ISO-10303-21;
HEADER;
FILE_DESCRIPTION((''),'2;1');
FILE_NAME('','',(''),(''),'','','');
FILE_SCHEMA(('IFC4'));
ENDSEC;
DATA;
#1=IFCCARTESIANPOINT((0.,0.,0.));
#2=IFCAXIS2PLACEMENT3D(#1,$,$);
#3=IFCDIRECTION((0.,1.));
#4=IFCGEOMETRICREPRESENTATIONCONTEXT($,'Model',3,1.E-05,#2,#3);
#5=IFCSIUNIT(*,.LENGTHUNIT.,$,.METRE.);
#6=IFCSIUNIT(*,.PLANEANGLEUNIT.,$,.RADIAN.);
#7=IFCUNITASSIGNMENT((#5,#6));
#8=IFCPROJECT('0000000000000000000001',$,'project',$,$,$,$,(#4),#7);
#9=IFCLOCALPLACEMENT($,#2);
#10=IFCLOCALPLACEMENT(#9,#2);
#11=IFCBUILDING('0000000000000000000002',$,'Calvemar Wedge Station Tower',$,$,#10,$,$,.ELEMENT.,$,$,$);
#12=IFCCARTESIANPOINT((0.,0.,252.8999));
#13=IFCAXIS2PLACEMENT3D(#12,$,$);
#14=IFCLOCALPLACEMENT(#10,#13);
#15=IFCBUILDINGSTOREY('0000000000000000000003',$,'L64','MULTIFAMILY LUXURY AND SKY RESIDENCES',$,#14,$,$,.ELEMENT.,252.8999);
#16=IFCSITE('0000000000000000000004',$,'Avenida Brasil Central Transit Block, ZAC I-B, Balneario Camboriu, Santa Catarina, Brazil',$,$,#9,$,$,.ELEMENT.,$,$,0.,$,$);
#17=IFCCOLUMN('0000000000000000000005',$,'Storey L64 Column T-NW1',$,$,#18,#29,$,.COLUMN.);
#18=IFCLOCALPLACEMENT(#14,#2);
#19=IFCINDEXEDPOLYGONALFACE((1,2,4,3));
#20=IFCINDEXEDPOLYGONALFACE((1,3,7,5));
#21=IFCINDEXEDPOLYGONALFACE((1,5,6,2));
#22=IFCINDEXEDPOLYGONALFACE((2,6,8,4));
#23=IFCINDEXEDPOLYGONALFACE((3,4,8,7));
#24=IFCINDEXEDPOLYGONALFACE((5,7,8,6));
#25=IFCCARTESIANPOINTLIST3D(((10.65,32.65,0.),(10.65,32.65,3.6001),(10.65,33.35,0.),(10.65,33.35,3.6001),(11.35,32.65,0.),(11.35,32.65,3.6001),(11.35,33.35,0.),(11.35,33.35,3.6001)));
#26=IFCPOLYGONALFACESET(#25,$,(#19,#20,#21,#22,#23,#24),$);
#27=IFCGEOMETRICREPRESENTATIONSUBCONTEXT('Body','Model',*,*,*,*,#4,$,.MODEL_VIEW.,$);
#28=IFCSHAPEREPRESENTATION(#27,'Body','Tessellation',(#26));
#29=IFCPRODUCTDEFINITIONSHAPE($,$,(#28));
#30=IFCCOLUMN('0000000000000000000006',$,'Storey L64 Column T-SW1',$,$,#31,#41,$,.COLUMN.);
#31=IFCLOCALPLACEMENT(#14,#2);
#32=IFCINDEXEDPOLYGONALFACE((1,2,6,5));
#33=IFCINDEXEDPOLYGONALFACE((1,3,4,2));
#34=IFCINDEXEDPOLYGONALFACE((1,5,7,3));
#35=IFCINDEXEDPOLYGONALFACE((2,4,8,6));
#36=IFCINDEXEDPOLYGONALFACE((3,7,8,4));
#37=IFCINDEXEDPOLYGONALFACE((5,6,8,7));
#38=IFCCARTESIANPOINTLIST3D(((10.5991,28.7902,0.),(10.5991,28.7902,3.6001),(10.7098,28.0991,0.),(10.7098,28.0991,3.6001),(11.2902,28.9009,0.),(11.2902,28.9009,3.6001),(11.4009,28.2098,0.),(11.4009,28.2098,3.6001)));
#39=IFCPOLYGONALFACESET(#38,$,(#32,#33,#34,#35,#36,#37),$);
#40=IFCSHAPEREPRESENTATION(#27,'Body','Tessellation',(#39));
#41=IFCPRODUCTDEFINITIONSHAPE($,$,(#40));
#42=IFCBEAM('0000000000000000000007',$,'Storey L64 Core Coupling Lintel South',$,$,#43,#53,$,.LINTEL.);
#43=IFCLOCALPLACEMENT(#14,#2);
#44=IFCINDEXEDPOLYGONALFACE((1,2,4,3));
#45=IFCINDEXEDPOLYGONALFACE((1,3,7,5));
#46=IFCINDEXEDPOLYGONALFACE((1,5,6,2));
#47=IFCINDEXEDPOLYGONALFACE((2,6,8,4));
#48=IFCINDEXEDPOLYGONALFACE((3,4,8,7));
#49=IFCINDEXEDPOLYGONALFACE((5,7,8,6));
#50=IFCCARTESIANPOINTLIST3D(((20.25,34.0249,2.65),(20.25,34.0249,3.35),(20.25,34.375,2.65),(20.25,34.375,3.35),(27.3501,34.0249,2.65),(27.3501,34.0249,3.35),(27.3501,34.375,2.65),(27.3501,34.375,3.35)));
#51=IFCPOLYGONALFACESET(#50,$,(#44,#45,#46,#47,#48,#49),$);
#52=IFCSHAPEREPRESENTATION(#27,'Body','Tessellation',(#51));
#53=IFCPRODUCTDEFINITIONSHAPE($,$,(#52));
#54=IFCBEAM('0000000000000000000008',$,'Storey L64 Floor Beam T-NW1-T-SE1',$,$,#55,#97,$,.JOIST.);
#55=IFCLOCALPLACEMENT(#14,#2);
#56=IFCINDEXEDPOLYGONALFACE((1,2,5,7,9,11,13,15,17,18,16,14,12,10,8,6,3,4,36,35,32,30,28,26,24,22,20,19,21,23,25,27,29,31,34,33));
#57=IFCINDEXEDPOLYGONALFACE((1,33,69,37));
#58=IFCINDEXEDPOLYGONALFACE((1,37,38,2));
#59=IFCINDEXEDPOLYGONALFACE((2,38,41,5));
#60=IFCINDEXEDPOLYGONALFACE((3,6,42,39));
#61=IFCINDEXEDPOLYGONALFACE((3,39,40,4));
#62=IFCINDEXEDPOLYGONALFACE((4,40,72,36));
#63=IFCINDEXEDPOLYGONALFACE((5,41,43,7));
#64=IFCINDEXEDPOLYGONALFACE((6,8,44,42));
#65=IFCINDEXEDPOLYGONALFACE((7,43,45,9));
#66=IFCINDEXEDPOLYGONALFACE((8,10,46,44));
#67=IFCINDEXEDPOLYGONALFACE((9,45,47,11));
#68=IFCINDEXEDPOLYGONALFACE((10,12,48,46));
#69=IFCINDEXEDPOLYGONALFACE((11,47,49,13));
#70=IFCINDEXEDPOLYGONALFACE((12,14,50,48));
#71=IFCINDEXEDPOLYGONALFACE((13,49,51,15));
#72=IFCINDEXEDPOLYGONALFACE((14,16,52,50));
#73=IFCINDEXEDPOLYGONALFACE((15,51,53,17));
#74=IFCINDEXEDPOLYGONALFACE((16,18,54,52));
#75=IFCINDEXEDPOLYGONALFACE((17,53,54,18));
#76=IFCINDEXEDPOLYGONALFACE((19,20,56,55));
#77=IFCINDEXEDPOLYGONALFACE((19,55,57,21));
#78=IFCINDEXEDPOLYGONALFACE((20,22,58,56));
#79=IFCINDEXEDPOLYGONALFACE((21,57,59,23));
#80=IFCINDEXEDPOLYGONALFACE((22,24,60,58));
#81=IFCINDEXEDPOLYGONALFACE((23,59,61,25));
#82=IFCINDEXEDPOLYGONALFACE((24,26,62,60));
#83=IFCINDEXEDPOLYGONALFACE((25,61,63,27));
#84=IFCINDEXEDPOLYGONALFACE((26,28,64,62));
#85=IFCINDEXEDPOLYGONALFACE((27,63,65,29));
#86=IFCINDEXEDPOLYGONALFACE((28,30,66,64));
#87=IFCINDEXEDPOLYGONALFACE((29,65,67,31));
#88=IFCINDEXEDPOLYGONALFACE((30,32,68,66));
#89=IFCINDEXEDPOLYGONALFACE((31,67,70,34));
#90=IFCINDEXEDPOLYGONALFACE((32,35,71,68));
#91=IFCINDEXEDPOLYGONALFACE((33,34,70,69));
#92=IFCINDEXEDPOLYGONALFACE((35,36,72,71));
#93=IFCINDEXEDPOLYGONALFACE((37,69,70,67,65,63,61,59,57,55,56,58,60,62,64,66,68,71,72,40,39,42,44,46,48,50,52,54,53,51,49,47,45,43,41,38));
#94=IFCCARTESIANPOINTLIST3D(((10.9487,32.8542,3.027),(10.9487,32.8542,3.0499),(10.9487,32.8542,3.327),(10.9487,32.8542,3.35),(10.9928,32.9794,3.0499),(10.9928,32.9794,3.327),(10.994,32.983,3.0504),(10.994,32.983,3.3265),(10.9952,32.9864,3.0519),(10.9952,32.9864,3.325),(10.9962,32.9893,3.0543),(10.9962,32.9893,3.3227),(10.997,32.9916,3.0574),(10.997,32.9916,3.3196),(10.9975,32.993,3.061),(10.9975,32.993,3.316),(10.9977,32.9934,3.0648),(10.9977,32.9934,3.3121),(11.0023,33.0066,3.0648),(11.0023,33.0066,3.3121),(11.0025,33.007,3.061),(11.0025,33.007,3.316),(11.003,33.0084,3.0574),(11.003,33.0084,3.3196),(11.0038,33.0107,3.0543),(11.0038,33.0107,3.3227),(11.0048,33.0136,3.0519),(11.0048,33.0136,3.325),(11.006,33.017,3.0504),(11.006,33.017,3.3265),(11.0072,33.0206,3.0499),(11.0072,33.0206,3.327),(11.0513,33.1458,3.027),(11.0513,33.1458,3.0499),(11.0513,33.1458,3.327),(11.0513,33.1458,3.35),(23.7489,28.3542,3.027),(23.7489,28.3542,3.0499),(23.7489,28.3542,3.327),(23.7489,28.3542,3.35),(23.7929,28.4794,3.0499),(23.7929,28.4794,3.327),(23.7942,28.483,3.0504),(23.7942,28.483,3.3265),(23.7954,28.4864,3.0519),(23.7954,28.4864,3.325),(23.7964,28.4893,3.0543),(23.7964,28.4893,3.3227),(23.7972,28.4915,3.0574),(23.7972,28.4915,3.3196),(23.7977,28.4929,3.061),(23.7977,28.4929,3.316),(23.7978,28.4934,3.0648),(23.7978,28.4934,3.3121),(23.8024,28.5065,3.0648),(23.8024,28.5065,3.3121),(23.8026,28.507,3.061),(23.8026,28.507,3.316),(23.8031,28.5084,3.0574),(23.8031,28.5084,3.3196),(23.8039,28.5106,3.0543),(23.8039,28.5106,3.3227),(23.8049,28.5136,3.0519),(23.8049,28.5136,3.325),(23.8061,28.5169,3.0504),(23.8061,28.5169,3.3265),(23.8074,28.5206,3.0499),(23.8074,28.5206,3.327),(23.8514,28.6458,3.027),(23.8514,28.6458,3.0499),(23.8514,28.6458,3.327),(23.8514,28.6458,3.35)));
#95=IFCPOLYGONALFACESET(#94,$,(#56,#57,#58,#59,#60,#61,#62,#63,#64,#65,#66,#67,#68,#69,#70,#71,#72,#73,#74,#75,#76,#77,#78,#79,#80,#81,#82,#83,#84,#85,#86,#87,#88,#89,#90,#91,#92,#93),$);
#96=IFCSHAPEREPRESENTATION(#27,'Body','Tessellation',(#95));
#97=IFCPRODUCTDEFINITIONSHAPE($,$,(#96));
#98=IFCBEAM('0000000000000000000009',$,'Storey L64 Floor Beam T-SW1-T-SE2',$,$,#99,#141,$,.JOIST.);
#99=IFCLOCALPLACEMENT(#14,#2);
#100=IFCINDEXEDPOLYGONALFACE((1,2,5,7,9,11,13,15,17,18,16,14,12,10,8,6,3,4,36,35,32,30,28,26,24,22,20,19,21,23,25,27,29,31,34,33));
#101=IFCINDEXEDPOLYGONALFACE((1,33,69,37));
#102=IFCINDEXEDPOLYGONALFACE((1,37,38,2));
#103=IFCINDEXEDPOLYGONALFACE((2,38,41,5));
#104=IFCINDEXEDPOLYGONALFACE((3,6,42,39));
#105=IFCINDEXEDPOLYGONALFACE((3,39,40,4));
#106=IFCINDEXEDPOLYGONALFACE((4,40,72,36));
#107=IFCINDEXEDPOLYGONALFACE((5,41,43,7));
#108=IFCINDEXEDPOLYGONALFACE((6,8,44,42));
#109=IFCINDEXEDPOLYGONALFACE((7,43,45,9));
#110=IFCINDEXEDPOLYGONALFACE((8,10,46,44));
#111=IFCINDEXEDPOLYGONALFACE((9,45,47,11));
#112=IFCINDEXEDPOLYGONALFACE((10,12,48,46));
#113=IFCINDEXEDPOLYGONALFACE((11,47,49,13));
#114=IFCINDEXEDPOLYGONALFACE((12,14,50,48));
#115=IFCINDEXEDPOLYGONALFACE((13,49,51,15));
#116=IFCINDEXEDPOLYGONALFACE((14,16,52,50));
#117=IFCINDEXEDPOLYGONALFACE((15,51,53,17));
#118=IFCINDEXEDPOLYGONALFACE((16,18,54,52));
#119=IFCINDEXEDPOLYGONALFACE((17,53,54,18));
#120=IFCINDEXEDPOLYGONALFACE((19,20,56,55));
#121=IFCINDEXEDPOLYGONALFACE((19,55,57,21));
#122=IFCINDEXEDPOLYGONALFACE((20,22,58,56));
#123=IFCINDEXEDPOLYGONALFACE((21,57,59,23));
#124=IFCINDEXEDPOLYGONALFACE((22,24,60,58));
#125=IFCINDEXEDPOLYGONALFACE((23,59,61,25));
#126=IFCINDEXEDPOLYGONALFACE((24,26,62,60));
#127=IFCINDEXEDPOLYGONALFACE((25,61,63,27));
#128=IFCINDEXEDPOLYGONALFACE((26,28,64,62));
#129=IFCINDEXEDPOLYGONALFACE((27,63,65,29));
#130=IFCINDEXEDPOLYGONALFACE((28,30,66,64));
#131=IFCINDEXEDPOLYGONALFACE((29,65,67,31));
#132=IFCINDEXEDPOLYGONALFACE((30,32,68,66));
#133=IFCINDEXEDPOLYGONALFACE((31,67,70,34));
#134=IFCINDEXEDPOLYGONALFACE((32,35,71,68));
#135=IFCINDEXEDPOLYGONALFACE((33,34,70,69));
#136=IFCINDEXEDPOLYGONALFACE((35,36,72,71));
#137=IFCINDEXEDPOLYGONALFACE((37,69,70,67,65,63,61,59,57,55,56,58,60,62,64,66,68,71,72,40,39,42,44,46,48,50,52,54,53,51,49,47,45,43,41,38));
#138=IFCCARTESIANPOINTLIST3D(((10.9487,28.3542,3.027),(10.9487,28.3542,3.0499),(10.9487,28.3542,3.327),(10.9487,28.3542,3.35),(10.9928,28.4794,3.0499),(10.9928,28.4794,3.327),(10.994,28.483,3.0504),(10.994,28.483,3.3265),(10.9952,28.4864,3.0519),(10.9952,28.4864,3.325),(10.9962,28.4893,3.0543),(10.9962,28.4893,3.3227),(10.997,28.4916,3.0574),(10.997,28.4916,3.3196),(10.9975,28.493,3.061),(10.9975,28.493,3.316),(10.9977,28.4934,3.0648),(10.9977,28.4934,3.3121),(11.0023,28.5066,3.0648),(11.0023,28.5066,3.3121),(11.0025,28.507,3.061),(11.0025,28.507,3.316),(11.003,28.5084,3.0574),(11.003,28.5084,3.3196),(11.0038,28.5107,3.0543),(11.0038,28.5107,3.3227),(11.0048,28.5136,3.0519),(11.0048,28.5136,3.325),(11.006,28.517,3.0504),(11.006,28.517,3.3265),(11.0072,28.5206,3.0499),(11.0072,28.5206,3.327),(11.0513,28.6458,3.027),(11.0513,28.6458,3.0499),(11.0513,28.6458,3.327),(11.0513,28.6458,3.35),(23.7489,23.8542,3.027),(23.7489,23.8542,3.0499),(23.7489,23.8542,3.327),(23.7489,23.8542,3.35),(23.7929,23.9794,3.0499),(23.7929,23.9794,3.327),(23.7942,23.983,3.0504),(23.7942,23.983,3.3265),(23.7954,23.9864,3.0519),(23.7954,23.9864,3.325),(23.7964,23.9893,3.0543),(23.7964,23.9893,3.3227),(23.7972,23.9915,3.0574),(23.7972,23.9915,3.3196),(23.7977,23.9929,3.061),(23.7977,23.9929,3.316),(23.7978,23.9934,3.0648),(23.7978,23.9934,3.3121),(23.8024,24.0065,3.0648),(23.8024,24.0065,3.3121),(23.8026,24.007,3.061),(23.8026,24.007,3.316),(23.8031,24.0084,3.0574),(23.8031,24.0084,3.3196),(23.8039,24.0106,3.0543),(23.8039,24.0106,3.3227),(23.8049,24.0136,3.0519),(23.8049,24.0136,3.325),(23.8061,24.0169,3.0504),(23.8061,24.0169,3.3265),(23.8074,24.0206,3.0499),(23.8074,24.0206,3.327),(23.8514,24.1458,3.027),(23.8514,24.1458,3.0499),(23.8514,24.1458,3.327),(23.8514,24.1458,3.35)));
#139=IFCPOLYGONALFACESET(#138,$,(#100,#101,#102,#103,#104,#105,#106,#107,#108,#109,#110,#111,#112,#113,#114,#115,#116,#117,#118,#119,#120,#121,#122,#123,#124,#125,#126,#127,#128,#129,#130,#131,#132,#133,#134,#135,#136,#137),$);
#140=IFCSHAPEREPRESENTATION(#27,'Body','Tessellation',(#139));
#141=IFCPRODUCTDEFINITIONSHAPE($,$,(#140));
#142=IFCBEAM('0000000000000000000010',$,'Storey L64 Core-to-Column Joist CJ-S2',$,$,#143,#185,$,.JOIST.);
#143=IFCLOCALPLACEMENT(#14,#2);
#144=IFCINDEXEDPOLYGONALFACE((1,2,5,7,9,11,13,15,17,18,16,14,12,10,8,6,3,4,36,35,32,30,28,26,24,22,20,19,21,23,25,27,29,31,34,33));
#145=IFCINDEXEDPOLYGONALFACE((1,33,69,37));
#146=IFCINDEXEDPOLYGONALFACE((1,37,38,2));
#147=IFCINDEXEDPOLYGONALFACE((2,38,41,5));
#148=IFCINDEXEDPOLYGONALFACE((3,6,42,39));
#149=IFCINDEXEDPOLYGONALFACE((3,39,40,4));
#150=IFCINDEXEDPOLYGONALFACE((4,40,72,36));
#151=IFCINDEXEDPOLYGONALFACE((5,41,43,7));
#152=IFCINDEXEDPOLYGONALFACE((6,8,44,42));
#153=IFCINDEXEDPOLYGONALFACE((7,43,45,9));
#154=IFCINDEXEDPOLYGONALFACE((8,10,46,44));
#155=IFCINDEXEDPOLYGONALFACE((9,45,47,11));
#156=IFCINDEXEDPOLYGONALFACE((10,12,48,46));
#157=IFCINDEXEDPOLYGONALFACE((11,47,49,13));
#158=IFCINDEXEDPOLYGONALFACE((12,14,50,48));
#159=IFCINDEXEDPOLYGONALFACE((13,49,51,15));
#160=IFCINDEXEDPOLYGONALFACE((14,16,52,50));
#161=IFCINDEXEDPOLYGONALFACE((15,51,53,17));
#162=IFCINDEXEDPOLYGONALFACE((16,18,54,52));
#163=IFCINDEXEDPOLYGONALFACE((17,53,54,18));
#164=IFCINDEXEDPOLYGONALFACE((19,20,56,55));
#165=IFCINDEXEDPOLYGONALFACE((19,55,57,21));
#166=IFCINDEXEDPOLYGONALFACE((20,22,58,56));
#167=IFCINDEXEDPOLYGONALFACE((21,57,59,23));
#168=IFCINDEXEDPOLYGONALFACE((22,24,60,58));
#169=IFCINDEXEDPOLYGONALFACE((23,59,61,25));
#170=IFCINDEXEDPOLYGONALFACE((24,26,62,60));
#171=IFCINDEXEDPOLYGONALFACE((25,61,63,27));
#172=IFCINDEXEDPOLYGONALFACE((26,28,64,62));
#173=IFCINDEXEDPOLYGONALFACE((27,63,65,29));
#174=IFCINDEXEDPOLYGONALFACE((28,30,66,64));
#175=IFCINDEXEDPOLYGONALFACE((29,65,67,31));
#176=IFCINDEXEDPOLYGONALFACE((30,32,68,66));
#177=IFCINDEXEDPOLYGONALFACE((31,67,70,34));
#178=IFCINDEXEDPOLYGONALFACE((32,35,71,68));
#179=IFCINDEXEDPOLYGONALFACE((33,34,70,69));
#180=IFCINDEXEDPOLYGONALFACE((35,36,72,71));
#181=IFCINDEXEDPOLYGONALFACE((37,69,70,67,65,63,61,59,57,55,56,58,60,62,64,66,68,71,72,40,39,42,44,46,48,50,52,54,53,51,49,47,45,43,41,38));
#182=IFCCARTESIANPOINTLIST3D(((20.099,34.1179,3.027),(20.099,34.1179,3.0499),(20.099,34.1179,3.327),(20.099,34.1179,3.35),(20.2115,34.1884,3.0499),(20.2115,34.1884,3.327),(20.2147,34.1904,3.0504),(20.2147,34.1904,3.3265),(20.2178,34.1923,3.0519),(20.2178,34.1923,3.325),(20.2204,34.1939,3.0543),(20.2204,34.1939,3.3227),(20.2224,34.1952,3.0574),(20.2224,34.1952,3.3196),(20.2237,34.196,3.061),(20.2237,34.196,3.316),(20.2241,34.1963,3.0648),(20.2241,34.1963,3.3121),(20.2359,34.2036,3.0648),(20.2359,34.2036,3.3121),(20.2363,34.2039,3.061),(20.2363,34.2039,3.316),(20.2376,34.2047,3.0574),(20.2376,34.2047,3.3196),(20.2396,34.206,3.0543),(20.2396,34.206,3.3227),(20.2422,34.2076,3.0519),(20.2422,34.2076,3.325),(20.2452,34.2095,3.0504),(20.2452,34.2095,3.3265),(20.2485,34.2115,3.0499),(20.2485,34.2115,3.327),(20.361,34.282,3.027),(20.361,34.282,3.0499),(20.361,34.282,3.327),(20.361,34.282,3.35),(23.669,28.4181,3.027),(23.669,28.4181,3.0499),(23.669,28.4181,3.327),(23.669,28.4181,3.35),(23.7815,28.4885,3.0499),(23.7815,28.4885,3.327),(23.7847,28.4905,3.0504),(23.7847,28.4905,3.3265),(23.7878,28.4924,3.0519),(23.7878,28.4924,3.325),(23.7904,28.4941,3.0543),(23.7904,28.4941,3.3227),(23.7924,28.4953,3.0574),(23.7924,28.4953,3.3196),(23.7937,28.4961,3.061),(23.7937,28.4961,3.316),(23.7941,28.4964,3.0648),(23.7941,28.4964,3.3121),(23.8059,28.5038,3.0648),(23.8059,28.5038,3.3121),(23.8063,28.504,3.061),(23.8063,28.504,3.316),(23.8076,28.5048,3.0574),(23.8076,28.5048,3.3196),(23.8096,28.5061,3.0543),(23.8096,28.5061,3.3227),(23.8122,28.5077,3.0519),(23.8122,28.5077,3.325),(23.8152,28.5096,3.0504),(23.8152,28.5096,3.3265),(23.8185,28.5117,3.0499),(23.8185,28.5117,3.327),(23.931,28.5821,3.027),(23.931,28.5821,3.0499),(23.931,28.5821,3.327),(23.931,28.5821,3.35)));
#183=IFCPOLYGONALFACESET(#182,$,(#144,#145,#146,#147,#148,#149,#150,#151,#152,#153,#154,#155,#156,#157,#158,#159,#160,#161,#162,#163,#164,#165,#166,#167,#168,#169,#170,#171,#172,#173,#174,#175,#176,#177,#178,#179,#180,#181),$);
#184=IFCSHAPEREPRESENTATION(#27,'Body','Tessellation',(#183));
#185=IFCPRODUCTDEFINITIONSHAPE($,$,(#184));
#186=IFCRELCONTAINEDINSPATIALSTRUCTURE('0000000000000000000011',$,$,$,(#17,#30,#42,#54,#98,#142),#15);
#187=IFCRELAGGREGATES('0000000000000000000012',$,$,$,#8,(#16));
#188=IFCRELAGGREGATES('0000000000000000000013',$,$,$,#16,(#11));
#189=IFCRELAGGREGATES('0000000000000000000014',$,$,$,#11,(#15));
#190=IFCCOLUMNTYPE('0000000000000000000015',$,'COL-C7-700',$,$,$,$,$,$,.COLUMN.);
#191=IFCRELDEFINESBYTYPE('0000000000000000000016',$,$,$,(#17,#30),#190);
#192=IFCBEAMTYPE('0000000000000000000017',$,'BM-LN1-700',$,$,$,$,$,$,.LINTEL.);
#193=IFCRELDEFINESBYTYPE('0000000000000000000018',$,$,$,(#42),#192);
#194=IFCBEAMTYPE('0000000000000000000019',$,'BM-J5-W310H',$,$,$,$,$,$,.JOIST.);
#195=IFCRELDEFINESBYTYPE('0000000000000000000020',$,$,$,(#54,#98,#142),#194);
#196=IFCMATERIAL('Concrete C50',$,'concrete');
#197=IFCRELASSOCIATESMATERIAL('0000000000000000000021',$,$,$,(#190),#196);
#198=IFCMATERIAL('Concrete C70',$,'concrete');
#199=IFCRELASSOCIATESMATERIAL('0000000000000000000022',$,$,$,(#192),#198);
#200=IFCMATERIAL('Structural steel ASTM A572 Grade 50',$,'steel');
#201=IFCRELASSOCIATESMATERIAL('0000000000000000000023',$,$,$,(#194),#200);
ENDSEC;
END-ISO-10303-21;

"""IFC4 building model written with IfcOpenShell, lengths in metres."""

from ifc_helpers import new_model, si_unit, direction, frame, origin, origin_2d, place, context, subcontext, project, spatial, rectangle, i_section, extrude, source, transform, mapped, material, material_profile, profile_set, type_object, element, save


model = new_model("IFC4")

# Units and contexts
model_context = context("Model", 3, precision=1e-05, world=origin(), true_north=direction((0.0, 1.0)))
body_context = subcontext(model_context, "Body", "Model", "MODEL_VIEW")
ifc_project = project(units=[si_unit("LENGTHUNIT", "METRE"), si_unit("PLANEANGLEUNIT", "RADIAN")], contexts=[model_context])

# Site, building, storey
site_placement = place(None, origin())
site = spatial("IfcSite", under=ifc_project, at=site_placement, Name="Avenida Brasil Central Transit Block, ZAC I-B, Balneario Camboriu, Santa Catarina, Brazil", CompositionType="ELEMENT", RefElevation=0.0)
building_placement = place(site_placement, origin())
building = spatial("IfcBuilding", under=site, at=building_placement, Name="Calvemar Wedge Station Tower", CompositionType="ELEMENT")
storey_placement = place(building_placement, frame((0.0, 0.0, 252.8999)))
storey = spatial("IfcBuildingStorey", under=building, at=storey_placement, Name="L64", Description="MULTIFAMILY LUXURY AND SKY RESIDENCES", CompositionType="ELEMENT", Elevation=252.8999)

# Columns
ifc_material_1 = material(Name="Concrete C50", Category="concrete")
ifc_material_profile_1 = material_profile(ifc_material_1, rectangle(XDim=0.7, YDim=0.7, at=origin_2d()), Name="RC700x700")
ifc_profile_set_1 = profile_set([ifc_material_profile_1], Name="Concrete C50")
column_type = type_object("IfcColumnType", Name="COL-C7-700", PredefinedType="COLUMN", material=ifc_profile_set_1)
shared_shape_1 = source(origin(), body_context, "Body", "SweptSolid", [
    extrude(rectangle(XDim=0.7, YDim=0.7, at=origin_2d()), origin(), (0.0, 0.0, 1.0), 3.6001),
])
for number, where, z_axis, x_axis, name in (
    (1, (11.0, 33.0, 0.0), (0.0, 0.0, 1.0), (1.0, 0.0, 0.0), "Storey L64 Column T-NW1"),
    (2, (11.0, 28.5, 0.0), (0.0, 0.0, 1.0), (0.158158, -0.987414, 0.0), "Storey L64 Column T-SW1"),
):
    element("IfcColumn", number, at=place(storey_placement, frame(where, z_axis=z_axis, x_axis=x_axis)), inside=storey, type_object=column_type, Name=name, PredefinedType="COLUMN", context=body_context, shape_type="MappedRepresentation", body=[
        mapped(shared_shape_1, transform((0.0, 0.0, 0.0), scale=1.0)),
    ])

# Beams
ifc_material_2 = material(Name="Concrete C70", Category="concrete")
ifc_material_profile_2 = material_profile(ifc_material_2, rectangle(XDim=0.3501, YDim=0.7, at=origin_2d()), Name="RC350x700")
ifc_profile_set_2 = profile_set([ifc_material_profile_2], Name="Concrete C70")
beam_type_1 = type_object("IfcBeamType", Name="BM-LN1-700", PredefinedType="LINTEL", material=ifc_profile_set_2)
shared_shape_2 = source(origin(), body_context, "Body", "SweptSolid", [
    extrude(rectangle(XDim=0.3501, YDim=0.7, at=origin_2d()), origin(), (0.0, 0.0, 1.0), 7.1001),
])
beam_1_placement = place(storey_placement, frame((20.25, 34.2, 3.0), z_axis=(1.0, 0.0, 0.0), x_axis=(0.0, 1.0, 0.0)))
element("IfcBeam", 3, at=beam_1_placement, inside=storey, type_object=beam_type_1, Name="Storey L64 Core Coupling Lintel South", PredefinedType="LINTEL", context=body_context, shape_type="MappedRepresentation", body=[
    mapped(shared_shape_2, transform((0.0, 0.0, 0.0), scale=1.0)),
])
ifc_material_3 = material(Name="Structural steel ASTM A572 Grade 50", Category="steel")
ifc_material_profile_3 = material_profile(ifc_material_3, i_section(OverallWidth=0.3091, OverallDepth=0.323, WebThickness=0.0139, FlangeThickness=0.0229, FilletRadius=0.0149, at=origin_2d()), Name="W310x143")
ifc_profile_set_3 = profile_set([ifc_material_profile_3], Name="Structural steel ASTM A572 Grade 50")
beam_type_2 = type_object("IfcBeamType", Name="BM-J5-W310H", PredefinedType="JOIST", material=ifc_profile_set_3)
shared_shape_3 = source(origin(), body_context, "Body", "SweptSolid", [
    extrude(i_section(OverallWidth=0.3091, OverallDepth=0.323, WebThickness=0.0139, FlangeThickness=0.0229, FilletRadius=0.0149, at=origin_2d()), origin(), (0.0, 0.0, 1.0), 13.5681),
])
for number, where, z_axis, x_axis, name in (
    (4, (11.0, 33.0, 3.1885), (0.943398, -0.331662, 0.0), (0.331662, 0.943398, 0.0), "Storey L64 Floor Beam T-NW1-T-SE1"),
    (5, (11.0, 28.5, 3.1885), (0.943398, -0.331662, 0.0), (0.331662, 0.943398, 0.0), "Storey L64 Floor Beam T-SW1-T-SE2"),
):
    element("IfcBeam", number, at=place(storey_placement, frame(where, z_axis=z_axis, x_axis=x_axis)), inside=storey, type_object=beam_type_2, Name=name, PredefinedType="JOIST", context=body_context, shape_type="MappedRepresentation", body=[
        mapped(shared_shape_3, transform((0.0, 0.0, 0.0), scale=1.0)),
    ])
shared_shape_4 = source(origin(), body_context, "Body", "SweptSolid", [
    extrude(i_section(OverallWidth=0.3091, OverallDepth=0.323, WebThickness=0.0139, FlangeThickness=0.0229, FilletRadius=0.0149, at=origin_2d()), origin(), (0.0, 0.0, 1.0), 6.7256),
])
beam_2_placement = place(storey_placement, frame((20.23, 34.2, 3.1885), z_axis=(0.530811, -0.84749, 0.0), x_axis=(0.84749, 0.530811, 0.0)))
element("IfcBeam", 6, at=beam_2_placement, inside=storey, type_object=beam_type_2, Name="Storey L64 Core-to-Column Joist CJ-S2", PredefinedType="JOIST", context=body_context, shape_type="MappedRepresentation", body=[
    mapped(shared_shape_4, transform((0.0, 0.0, 0.0), scale=1.0)),
])

save(model, "model.ifc")
